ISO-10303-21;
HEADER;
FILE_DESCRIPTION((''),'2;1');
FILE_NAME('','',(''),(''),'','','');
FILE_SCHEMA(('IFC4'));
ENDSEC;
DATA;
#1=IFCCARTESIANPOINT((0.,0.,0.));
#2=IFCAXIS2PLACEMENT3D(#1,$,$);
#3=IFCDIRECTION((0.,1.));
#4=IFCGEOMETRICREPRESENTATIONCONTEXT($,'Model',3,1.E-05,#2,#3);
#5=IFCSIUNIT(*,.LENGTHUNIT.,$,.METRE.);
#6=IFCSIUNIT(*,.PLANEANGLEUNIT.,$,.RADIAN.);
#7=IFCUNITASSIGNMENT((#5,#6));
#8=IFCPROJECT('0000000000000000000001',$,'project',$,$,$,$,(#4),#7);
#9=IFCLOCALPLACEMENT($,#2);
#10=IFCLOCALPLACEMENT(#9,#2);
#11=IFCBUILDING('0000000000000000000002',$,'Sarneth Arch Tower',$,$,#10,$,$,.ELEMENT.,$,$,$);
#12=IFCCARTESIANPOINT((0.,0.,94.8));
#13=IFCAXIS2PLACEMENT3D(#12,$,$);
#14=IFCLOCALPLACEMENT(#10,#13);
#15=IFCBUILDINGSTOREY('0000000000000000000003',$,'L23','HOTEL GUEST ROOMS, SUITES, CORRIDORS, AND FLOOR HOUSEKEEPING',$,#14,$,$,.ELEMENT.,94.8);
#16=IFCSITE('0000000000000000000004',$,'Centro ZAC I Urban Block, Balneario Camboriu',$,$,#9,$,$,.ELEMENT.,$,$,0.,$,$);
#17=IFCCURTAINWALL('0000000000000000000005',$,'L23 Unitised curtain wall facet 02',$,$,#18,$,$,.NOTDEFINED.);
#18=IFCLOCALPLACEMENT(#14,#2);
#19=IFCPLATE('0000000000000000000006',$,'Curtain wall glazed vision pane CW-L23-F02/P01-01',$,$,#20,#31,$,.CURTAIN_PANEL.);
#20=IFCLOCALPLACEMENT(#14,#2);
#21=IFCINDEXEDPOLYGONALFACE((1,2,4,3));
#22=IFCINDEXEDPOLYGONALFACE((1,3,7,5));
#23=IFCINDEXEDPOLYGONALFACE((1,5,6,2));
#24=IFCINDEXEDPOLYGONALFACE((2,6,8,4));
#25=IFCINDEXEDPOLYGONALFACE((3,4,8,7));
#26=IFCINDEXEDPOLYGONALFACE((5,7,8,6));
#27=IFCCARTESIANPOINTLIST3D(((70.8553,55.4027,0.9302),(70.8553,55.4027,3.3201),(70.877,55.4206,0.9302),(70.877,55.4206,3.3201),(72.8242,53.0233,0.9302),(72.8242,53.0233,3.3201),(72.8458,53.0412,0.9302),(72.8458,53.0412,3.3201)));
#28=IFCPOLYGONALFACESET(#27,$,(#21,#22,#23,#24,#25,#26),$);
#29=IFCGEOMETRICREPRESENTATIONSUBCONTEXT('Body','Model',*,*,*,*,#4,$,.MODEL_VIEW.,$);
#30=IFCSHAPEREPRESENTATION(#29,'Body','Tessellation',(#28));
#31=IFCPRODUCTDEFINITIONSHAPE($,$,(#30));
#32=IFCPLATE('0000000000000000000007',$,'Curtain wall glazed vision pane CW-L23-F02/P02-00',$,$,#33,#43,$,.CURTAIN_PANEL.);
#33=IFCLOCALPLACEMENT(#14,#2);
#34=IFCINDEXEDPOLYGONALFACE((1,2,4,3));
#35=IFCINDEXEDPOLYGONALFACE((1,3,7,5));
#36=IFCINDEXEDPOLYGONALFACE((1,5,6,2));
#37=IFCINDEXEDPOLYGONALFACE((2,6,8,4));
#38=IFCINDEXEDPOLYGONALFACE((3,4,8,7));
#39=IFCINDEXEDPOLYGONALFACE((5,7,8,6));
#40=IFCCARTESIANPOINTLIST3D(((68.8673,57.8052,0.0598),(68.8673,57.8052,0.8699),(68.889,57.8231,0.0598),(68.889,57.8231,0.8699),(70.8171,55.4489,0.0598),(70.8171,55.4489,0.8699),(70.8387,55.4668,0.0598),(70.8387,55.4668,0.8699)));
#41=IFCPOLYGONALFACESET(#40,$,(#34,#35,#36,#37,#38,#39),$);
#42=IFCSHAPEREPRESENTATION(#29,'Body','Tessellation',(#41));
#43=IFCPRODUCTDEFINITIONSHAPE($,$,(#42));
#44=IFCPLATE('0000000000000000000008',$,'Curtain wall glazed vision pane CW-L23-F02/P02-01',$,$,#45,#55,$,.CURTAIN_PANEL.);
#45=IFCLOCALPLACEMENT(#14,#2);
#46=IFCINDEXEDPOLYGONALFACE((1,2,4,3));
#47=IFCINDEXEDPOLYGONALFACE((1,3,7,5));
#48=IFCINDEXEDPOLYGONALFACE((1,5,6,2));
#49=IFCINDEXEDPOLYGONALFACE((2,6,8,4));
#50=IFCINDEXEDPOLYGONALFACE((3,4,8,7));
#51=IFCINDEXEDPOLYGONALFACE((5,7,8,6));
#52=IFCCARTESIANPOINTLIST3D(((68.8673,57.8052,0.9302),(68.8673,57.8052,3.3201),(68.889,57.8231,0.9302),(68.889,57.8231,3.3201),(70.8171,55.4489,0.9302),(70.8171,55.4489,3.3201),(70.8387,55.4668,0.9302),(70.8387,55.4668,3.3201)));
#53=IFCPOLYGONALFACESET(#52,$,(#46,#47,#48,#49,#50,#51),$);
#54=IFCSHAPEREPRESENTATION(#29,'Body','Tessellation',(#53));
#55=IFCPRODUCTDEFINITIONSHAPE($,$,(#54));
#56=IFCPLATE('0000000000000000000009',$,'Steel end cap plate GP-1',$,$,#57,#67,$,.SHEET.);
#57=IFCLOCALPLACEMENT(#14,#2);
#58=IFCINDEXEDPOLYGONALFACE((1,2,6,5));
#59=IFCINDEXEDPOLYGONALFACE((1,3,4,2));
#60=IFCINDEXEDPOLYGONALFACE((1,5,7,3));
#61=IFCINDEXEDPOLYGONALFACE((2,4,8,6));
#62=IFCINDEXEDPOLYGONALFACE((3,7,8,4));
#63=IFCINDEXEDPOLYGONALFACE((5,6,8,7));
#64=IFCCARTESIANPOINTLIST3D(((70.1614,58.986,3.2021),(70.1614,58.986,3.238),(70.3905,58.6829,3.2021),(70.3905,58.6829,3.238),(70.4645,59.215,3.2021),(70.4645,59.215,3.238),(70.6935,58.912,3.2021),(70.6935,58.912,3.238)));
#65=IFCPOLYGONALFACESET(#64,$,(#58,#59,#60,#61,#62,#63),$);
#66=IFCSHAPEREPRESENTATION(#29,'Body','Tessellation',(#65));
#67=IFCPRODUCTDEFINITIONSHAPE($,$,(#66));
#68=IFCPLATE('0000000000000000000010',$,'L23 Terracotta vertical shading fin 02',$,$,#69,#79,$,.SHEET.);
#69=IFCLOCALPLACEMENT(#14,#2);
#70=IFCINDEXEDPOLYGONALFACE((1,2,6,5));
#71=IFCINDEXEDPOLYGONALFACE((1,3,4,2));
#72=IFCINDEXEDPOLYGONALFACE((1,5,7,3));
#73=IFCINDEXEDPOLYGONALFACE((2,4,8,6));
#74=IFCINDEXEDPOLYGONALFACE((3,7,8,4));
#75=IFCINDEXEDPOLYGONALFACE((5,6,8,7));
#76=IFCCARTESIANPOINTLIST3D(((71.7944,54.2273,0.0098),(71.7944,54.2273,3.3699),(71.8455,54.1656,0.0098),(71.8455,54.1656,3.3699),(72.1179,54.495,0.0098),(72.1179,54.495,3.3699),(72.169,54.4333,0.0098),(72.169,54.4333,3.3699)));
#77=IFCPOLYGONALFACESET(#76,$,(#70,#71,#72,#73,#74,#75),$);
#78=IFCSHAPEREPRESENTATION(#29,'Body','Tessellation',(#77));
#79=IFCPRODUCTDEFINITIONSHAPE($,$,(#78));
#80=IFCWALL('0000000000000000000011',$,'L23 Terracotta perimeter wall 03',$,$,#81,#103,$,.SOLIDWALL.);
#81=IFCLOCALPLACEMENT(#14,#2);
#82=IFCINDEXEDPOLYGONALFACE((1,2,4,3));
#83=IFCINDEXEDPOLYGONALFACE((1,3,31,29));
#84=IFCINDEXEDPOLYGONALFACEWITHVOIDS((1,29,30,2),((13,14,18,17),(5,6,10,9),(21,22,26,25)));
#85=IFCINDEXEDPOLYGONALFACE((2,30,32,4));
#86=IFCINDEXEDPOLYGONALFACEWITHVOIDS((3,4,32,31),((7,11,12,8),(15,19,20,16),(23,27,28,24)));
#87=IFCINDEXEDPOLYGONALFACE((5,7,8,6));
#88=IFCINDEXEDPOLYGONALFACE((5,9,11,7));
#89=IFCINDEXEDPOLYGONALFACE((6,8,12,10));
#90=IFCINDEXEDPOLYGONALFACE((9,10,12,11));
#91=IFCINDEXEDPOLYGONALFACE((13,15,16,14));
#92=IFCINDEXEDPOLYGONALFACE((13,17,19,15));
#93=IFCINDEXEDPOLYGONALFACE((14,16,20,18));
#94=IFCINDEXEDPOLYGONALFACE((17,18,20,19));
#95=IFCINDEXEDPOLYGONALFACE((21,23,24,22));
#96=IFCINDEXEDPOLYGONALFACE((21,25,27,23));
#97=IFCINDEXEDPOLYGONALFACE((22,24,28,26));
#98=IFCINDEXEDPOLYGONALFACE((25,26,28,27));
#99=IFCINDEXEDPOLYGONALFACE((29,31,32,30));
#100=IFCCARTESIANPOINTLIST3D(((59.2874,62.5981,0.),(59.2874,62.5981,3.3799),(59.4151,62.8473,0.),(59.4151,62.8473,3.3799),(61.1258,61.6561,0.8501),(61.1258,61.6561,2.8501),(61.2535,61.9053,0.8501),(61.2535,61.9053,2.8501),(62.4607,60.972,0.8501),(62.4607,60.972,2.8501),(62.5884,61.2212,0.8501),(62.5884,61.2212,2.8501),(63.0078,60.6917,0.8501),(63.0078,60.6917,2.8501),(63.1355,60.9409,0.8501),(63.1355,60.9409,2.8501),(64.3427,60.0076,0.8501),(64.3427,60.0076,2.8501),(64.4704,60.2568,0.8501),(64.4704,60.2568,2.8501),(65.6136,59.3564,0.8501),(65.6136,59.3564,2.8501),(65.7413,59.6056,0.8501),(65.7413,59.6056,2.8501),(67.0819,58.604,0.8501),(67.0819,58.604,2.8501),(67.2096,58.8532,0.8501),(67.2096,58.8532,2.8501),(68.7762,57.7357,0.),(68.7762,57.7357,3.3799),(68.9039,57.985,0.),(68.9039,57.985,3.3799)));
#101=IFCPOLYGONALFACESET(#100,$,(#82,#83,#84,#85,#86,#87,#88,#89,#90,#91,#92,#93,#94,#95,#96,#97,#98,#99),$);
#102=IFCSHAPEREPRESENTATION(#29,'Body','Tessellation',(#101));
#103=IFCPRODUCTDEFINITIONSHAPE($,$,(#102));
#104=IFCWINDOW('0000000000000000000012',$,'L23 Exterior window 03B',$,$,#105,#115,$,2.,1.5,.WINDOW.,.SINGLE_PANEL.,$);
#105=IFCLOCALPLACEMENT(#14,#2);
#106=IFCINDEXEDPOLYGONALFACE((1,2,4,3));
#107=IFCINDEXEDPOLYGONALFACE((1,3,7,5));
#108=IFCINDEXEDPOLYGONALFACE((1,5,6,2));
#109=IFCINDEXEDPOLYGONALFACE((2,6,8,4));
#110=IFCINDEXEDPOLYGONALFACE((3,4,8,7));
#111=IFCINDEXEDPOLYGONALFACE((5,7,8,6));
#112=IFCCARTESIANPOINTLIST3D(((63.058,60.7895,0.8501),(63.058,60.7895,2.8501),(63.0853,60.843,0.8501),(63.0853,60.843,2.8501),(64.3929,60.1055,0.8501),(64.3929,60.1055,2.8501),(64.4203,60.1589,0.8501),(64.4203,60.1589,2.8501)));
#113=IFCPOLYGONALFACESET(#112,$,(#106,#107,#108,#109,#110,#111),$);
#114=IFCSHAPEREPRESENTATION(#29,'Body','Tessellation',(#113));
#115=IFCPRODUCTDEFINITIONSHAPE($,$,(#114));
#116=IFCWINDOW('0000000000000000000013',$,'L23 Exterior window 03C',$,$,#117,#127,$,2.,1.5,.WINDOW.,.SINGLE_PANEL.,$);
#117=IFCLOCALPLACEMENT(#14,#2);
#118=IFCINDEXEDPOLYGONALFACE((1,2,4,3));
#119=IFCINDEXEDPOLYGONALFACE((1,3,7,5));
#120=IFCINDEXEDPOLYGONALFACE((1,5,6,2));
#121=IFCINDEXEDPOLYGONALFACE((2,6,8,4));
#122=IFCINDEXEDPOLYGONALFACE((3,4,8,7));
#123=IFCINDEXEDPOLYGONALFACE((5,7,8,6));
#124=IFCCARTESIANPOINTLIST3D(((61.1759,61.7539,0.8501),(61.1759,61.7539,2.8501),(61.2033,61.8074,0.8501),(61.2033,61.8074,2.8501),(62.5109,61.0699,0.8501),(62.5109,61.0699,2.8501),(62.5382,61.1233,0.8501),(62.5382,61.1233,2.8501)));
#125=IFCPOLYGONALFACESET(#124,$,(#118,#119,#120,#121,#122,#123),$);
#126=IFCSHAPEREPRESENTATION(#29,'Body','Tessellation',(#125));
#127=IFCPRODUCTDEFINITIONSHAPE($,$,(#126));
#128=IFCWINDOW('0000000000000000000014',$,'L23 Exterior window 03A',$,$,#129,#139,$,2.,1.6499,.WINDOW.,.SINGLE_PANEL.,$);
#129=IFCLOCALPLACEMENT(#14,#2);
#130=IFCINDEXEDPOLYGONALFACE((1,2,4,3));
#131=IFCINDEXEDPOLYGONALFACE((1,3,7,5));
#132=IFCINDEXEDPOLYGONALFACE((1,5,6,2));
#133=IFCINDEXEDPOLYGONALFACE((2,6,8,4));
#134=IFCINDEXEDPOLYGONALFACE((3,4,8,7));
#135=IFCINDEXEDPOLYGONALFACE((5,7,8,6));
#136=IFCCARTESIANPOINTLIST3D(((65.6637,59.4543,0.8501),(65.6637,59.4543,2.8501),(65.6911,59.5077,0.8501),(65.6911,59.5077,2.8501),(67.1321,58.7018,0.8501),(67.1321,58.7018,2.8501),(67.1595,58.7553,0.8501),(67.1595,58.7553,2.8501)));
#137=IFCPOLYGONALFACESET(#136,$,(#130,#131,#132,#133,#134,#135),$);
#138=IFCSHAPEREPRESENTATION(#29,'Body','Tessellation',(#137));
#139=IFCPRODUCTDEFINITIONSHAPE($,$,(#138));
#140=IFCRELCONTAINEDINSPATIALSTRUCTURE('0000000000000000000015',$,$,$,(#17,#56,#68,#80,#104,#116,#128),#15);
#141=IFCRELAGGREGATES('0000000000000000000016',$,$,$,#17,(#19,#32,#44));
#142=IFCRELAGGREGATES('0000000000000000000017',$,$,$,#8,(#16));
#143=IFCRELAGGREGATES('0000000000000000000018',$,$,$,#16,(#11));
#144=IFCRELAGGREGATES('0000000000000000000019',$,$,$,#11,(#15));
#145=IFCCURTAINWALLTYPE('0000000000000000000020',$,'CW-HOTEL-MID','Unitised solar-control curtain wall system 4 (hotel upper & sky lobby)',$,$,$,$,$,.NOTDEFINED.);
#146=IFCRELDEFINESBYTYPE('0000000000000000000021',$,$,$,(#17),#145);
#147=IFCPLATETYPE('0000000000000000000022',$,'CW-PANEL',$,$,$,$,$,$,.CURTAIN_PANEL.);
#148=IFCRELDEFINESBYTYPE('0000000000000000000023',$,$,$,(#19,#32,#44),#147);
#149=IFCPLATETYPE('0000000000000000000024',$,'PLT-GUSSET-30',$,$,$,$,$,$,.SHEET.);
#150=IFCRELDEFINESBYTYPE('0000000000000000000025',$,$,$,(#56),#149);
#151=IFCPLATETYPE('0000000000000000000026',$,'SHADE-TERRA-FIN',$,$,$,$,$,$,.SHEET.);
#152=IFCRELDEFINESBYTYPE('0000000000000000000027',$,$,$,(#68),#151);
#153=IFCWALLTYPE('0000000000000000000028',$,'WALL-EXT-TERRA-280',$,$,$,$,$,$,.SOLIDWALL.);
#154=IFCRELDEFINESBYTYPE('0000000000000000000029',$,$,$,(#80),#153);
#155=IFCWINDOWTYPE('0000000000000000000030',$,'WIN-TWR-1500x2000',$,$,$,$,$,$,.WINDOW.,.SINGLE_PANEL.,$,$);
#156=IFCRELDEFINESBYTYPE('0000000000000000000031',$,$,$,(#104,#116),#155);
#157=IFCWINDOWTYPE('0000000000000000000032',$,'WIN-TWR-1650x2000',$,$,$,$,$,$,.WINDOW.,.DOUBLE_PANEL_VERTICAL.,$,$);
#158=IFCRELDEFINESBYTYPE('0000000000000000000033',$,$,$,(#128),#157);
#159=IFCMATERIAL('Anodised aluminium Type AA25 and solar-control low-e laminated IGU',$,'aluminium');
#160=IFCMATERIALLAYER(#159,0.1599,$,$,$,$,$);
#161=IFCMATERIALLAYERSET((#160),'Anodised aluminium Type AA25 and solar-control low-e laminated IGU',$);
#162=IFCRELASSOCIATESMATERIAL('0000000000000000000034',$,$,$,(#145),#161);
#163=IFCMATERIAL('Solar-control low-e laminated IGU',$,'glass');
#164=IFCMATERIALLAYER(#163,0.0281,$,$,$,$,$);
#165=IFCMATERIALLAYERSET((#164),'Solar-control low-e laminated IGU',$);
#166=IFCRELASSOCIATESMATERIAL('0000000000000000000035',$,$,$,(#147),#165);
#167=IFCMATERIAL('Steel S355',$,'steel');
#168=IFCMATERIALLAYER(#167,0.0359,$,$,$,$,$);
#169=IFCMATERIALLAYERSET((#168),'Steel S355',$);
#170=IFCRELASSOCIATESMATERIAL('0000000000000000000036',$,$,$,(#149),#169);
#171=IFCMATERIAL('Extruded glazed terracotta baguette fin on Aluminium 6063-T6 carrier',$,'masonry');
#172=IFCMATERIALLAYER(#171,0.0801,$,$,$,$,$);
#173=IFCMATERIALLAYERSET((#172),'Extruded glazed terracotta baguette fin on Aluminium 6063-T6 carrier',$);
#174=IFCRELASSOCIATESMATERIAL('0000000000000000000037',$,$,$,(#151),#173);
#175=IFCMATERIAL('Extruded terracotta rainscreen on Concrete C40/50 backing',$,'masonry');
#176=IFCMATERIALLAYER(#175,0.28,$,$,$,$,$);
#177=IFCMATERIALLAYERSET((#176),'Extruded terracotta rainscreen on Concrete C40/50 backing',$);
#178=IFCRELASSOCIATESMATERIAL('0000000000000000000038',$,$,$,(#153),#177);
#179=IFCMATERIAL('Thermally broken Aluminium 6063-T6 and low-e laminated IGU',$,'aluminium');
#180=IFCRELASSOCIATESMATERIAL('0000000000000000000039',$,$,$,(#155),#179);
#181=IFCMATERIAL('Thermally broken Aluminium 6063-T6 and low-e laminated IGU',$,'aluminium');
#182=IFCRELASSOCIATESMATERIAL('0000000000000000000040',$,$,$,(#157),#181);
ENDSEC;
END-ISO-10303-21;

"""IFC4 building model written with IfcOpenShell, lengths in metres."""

from ifc_helpers import new_model, si_unit, direction, frame, frame_2d, origin, origin_2d, place, context, subcontext, project, spatial, rectangle, extrude, material, layer, layer_set, type_object, element, fill, aggregate, save


model = new_model("IFC4")

# Units and contexts
model_context = context("Model", 3, precision=1e-05, world=origin(), true_north=direction((0.0, 1.0)))
body_context = subcontext(model_context, "Body", "Model", "MODEL_VIEW")
ifc_project = project(units=[si_unit("LENGTHUNIT", "METRE"), si_unit("PLANEANGLEUNIT", "RADIAN")], contexts=[model_context])

# Site, building, storey
site_placement = place(None, origin())
site = spatial("IfcSite", under=ifc_project, at=site_placement, Name="Centro ZAC I Urban Block, Balneario Camboriu", CompositionType="ELEMENT", RefElevation=0.0)
building_placement = place(site_placement, origin())
building = spatial("IfcBuilding", under=site, at=building_placement, Name="Sarneth Arch Tower", CompositionType="ELEMENT")
storey_placement = place(building_placement, frame((0.0, 0.0, 94.8)))
storey = spatial("IfcBuildingStorey", under=building, at=storey_placement, Name="L23", Description="HOTEL GUEST ROOMS, SUITES, CORRIDORS, AND FLOOR HOUSEKEEPING", CompositionType="ELEMENT", Elevation=94.8)

# Curtain wall
ifc_material_1 = material(Name="Anodised aluminium Type AA25 and solar-control low-e laminated IGU", Category="aluminium")
ifc_layer_1 = layer(ifc_material_1, 0.1599)
ifc_layer_set_1 = layer_set([ifc_layer_1], Name="Anodised aluminium Type AA25 and solar-control low-e laminated IGU")
curtain_wall_type = type_object("IfcCurtainWallType", Name="CW-HOTEL-MID", Description="Unitised solar-control curtain wall system 4 (hotel upper & sky lobby)", PredefinedType="NOTDEFINED", material=ifc_layer_set_1)
curtain_wall_placement = place(storey_placement, origin())
curtain_wall = element("IfcCurtainWall", 1, at=curtain_wall_placement, inside=storey, type_object=curtain_wall_type, Name="L23 Unitised curtain wall facet 02", PredefinedType="NOTDEFINED")

# Plates
ifc_material_2 = material(Name="Solar-control low-e laminated IGU", Category="glass")
ifc_layer_2 = layer(ifc_material_2, 0.0281)
ifc_layer_set_2 = layer_set([ifc_layer_2], Name="Solar-control low-e laminated IGU")
plate_type_1 = type_object("IfcPlateType", Name="CW-PANEL", PredefinedType="CURTAIN_PANEL", material=ifc_layer_set_2)
plate_1_placement = place(storey_placement, frame((71.8506, 54.2219, 0.9302), z_axis=(0.0, 0.0, 1.0), x_axis=(-0.637515, 0.770438, 0.0)))
plate_1 = element("IfcPlate", 2, at=plate_1_placement, type_object=plate_type_1, Name="Curtain wall glazed vision pane CW-L23-F02/P01-01", PredefinedType="CURTAIN_PANEL", context=body_context, shape_type="SweptSolid", body=[
    extrude(rectangle(XDim=3.0884, YDim=0.0281, at=origin_2d()), origin(), (0.0, 0.0, 1.0), 2.3899),
])
plate_2_placement = place(storey_placement, frame((69.853, 56.636, 0.0598), z_axis=(0.0, 0.0, 1.0), x_axis=(-0.637515, 0.770438, 0.0)))
plate_2 = element("IfcPlate", 3, at=plate_2_placement, type_object=plate_type_1, Name="Curtain wall glazed vision pane CW-L23-F02/P02-00", PredefinedType="CURTAIN_PANEL", context=body_context, shape_type="SweptSolid", body=[
    extrude(rectangle(XDim=3.0583, YDim=0.0281, at=origin_2d()), origin(), (0.0, 0.0, 1.0), 0.8101),
])
plate_3_placement = place(storey_placement, frame((69.853, 56.636, 0.9302), z_axis=(0.0, 0.0, 1.0), x_axis=(-0.637515, 0.770438, 0.0)))
plate_3 = element("IfcPlate", 4, at=plate_3_placement, type_object=plate_type_1, Name="Curtain wall glazed vision pane CW-L23-F02/P02-01", PredefinedType="CURTAIN_PANEL", context=body_context, shape_type="SweptSolid", body=[
    extrude(rectangle(XDim=3.0583, YDim=0.0281, at=origin_2d()), origin(), (0.0, 0.0, 1.0), 2.3899),
])
aggregate(curtain_wall, [plate_1, plate_2, plate_3])

# Plates
ifc_material_3 = material(Name="Steel S355", Category="steel")
ifc_layer_3 = layer(ifc_material_3, 0.0359)
ifc_layer_set_3 = layer_set([ifc_layer_3], Name="Steel S355")
plate_type_2 = type_object("IfcPlateType", Name="PLT-GUSSET-30", PredefinedType="SHEET", material=ifc_layer_set_3)
plate_4_placement = place(storey_placement, frame((70.4275, 58.949, 3.2021), z_axis=(0.0, 0.0, 1.0), x_axis=(0.797794, 0.60293, 0.0)))
element("IfcPlate", 5, at=plate_4_placement, inside=storey, type_object=plate_type_2, Name="Steel end cap plate GP-1", PredefinedType="SHEET", context=body_context, shape_type="SweptSolid", body=[
    extrude(rectangle(XDim=0.3799, YDim=0.3799, at=origin_2d()), origin(), (0.0, 0.0, 1.0), 0.0359),
])
ifc_material_4 = material(Name="Extruded glazed terracotta baguette fin on Aluminium 6063-T6 carrier", Category="masonry")
ifc_layer_4 = layer(ifc_material_4, 0.0801)
ifc_layer_set_4 = layer_set([ifc_layer_4], Name="Extruded glazed terracotta baguette fin on Aluminium 6063-T6 carrier")
plate_type_3 = type_object("IfcPlateType", Name="SHADE-TERRA-FIN", PredefinedType="SHEET", material=ifc_layer_set_4)
plate_5_placement = place(storey_placement, frame((71.9817, 54.3303, 0.0098), z_axis=(0.0, 0.0, 1.0), x_axis=(0.770402, 0.637558, 0.0)))
element("IfcPlate", 6, at=plate_5_placement, inside=storey, type_object=plate_type_3, Name="L23 Terracotta vertical shading fin 02", PredefinedType="SHEET", context=body_context, shape_type="SweptSolid", body=[
    extrude(rectangle(XDim=0.4199, YDim=0.0801, at=origin_2d()), origin(), (0.0, 0.0, 1.0), 3.3601),
])

# Wall, openings, windows
ifc_material_5 = material(Name="Extruded terracotta rainscreen on Concrete C40/50 backing", Category="masonry")
ifc_layer_5 = layer(ifc_material_5, 0.28)
ifc_layer_set_5 = layer_set([ifc_layer_5], Name="Extruded terracotta rainscreen on Concrete C40/50 backing")
wall_type = type_object("IfcWallType", Name="WALL-EXT-TERRA-280", PredefinedType="SOLIDWALL", material=ifc_layer_set_5)
wall_placement = place(storey_placement, frame((68.8401, 57.8604, 0.0), z_axis=(0.0, 0.0, 1.0), x_axis=(-0.88996, 0.45604, 0.0)))
wall = element("IfcWall", 7, at=wall_placement, inside=storey, type_object=wall_type, Name="L23 Terracotta perimeter wall 03", PredefinedType="SOLIDWALL", context=body_context, shape_type="SweptSolid", body=[
    extrude(rectangle(XDim=10.6621, YDim=0.28, at=frame_2d((5.3311, 0.0))), origin(), (0.0, 0.0, 1.0), 3.3799),
])
opening_1_placement = place(wall_placement, frame((1.9038, 0.0, 0.8501)))
opening_1 = element("IfcOpeningElement", 8, at=opening_1_placement, cuts=wall, PredefinedType="OPENING", context=body_context, shape_type="SweptSolid", body=[
    extrude(rectangle(XDim=1.6499, YDim=2.0, at=frame_2d((0.825, 1.0))), frame((0.0, 0.1499, 0.0), z_axis=(0.0, -1.0, 0.0), x_axis=(1.0, 0.0, 0.0)), (0.0, 0.0, 1.0), 0.3),
])
opening_2_placement = place(wall_placement, frame((4.9817, 0.0, 0.8501)))
opening_2 = element("IfcOpeningElement", 9, at=opening_2_placement, cuts=wall, PredefinedType="OPENING", context=body_context, shape_type="SweptSolid", body=[
    extrude(rectangle(XDim=1.5, YDim=2.0, at=frame_2d((0.75, 1.0))), frame((0.0, 0.1499, 0.0), z_axis=(0.0, -1.0, 0.0), x_axis=(1.0, 0.0, 0.0)), (0.0, 0.0, 1.0), 0.3),
])
opening_3_placement = place(wall_placement, frame((7.0964, 0.0, 0.8501)))
opening_3 = element("IfcOpeningElement", 10, at=opening_3_placement, cuts=wall, PredefinedType="OPENING", context=body_context, shape_type="SweptSolid", body=[
    extrude(rectangle(XDim=1.5, YDim=2.0, at=frame_2d((0.75, 1.0))), frame((0.0, 0.1499, 0.0), z_axis=(0.0, -1.0, 0.0), x_axis=(1.0, 0.0, 0.0)), (0.0, 0.0, 1.0), 0.3),
])
ifc_material_6 = material(Name="Thermally broken Aluminium 6063-T6 and low-e laminated IGU", Category="aluminium")
window_type_1 = type_object("IfcWindowType", Name="WIN-TWR-1500x2000", PartitioningType="SINGLE_PANEL", PredefinedType="WINDOW", material=ifc_material_6)
window_1_placement = place(opening_2_placement, origin())
window_1 = element("IfcWindow", 11, at=window_1_placement, inside=storey, type_object=window_type_1, Name="L23 Exterior window 03B", OverallHeight=2.0, OverallWidth=1.5, PartitioningType="SINGLE_PANEL", PredefinedType="WINDOW", context=body_context, shape_type="SweptSolid", body=[
    extrude(rectangle(XDim=1.5, YDim=2.0, at=frame_2d((0.75, 1.0))), frame((0.0, 0.03, 0.0), z_axis=(0.0, -1.0, 0.0), x_axis=(1.0, 0.0, 0.0)), (0.0, 0.0, 1.0), 0.0601),
])
fill(opening_2, window_1)
window_2_placement = place(opening_3_placement, origin())
window_2 = element("IfcWindow", 12, at=window_2_placement, inside=storey, type_object=window_type_1, Name="L23 Exterior window 03C", OverallHeight=2.0, OverallWidth=1.5, PartitioningType="SINGLE_PANEL", PredefinedType="WINDOW", context=body_context, shape_type="SweptSolid", body=[
    extrude(rectangle(XDim=1.5, YDim=2.0, at=frame_2d((0.75, 1.0))), frame((0.0, 0.03, 0.0), z_axis=(0.0, -1.0, 0.0), x_axis=(1.0, 0.0, 0.0)), (0.0, 0.0, 1.0), 0.0601),
])
fill(opening_3, window_2)
ifc_material_7 = material(Name="Thermally broken Aluminium 6063-T6 and low-e laminated IGU", Category="aluminium")
window_type_2 = type_object("IfcWindowType", Name="WIN-TWR-1650x2000", PartitioningType="DOUBLE_PANEL_VERTICAL", PredefinedType="WINDOW", material=ifc_material_7)
window_3_placement = place(opening_1_placement, origin())
window_3 = element("IfcWindow", 13, at=window_3_placement, inside=storey, type_object=window_type_2, Name="L23 Exterior window 03A", OverallHeight=2.0, OverallWidth=1.6499, PartitioningType="SINGLE_PANEL", PredefinedType="WINDOW", context=body_context, shape_type="SweptSolid", body=[
    extrude(rectangle(XDim=1.6499, YDim=2.0, at=frame_2d((0.825, 1.0))), frame((0.0, 0.03, 0.0), z_axis=(0.0, -1.0, 0.0), x_axis=(1.0, 0.0, 0.0)), (0.0, 0.0, 1.0), 0.0601),
])
fill(opening_1, window_3)

save(model, "model.ifc")
